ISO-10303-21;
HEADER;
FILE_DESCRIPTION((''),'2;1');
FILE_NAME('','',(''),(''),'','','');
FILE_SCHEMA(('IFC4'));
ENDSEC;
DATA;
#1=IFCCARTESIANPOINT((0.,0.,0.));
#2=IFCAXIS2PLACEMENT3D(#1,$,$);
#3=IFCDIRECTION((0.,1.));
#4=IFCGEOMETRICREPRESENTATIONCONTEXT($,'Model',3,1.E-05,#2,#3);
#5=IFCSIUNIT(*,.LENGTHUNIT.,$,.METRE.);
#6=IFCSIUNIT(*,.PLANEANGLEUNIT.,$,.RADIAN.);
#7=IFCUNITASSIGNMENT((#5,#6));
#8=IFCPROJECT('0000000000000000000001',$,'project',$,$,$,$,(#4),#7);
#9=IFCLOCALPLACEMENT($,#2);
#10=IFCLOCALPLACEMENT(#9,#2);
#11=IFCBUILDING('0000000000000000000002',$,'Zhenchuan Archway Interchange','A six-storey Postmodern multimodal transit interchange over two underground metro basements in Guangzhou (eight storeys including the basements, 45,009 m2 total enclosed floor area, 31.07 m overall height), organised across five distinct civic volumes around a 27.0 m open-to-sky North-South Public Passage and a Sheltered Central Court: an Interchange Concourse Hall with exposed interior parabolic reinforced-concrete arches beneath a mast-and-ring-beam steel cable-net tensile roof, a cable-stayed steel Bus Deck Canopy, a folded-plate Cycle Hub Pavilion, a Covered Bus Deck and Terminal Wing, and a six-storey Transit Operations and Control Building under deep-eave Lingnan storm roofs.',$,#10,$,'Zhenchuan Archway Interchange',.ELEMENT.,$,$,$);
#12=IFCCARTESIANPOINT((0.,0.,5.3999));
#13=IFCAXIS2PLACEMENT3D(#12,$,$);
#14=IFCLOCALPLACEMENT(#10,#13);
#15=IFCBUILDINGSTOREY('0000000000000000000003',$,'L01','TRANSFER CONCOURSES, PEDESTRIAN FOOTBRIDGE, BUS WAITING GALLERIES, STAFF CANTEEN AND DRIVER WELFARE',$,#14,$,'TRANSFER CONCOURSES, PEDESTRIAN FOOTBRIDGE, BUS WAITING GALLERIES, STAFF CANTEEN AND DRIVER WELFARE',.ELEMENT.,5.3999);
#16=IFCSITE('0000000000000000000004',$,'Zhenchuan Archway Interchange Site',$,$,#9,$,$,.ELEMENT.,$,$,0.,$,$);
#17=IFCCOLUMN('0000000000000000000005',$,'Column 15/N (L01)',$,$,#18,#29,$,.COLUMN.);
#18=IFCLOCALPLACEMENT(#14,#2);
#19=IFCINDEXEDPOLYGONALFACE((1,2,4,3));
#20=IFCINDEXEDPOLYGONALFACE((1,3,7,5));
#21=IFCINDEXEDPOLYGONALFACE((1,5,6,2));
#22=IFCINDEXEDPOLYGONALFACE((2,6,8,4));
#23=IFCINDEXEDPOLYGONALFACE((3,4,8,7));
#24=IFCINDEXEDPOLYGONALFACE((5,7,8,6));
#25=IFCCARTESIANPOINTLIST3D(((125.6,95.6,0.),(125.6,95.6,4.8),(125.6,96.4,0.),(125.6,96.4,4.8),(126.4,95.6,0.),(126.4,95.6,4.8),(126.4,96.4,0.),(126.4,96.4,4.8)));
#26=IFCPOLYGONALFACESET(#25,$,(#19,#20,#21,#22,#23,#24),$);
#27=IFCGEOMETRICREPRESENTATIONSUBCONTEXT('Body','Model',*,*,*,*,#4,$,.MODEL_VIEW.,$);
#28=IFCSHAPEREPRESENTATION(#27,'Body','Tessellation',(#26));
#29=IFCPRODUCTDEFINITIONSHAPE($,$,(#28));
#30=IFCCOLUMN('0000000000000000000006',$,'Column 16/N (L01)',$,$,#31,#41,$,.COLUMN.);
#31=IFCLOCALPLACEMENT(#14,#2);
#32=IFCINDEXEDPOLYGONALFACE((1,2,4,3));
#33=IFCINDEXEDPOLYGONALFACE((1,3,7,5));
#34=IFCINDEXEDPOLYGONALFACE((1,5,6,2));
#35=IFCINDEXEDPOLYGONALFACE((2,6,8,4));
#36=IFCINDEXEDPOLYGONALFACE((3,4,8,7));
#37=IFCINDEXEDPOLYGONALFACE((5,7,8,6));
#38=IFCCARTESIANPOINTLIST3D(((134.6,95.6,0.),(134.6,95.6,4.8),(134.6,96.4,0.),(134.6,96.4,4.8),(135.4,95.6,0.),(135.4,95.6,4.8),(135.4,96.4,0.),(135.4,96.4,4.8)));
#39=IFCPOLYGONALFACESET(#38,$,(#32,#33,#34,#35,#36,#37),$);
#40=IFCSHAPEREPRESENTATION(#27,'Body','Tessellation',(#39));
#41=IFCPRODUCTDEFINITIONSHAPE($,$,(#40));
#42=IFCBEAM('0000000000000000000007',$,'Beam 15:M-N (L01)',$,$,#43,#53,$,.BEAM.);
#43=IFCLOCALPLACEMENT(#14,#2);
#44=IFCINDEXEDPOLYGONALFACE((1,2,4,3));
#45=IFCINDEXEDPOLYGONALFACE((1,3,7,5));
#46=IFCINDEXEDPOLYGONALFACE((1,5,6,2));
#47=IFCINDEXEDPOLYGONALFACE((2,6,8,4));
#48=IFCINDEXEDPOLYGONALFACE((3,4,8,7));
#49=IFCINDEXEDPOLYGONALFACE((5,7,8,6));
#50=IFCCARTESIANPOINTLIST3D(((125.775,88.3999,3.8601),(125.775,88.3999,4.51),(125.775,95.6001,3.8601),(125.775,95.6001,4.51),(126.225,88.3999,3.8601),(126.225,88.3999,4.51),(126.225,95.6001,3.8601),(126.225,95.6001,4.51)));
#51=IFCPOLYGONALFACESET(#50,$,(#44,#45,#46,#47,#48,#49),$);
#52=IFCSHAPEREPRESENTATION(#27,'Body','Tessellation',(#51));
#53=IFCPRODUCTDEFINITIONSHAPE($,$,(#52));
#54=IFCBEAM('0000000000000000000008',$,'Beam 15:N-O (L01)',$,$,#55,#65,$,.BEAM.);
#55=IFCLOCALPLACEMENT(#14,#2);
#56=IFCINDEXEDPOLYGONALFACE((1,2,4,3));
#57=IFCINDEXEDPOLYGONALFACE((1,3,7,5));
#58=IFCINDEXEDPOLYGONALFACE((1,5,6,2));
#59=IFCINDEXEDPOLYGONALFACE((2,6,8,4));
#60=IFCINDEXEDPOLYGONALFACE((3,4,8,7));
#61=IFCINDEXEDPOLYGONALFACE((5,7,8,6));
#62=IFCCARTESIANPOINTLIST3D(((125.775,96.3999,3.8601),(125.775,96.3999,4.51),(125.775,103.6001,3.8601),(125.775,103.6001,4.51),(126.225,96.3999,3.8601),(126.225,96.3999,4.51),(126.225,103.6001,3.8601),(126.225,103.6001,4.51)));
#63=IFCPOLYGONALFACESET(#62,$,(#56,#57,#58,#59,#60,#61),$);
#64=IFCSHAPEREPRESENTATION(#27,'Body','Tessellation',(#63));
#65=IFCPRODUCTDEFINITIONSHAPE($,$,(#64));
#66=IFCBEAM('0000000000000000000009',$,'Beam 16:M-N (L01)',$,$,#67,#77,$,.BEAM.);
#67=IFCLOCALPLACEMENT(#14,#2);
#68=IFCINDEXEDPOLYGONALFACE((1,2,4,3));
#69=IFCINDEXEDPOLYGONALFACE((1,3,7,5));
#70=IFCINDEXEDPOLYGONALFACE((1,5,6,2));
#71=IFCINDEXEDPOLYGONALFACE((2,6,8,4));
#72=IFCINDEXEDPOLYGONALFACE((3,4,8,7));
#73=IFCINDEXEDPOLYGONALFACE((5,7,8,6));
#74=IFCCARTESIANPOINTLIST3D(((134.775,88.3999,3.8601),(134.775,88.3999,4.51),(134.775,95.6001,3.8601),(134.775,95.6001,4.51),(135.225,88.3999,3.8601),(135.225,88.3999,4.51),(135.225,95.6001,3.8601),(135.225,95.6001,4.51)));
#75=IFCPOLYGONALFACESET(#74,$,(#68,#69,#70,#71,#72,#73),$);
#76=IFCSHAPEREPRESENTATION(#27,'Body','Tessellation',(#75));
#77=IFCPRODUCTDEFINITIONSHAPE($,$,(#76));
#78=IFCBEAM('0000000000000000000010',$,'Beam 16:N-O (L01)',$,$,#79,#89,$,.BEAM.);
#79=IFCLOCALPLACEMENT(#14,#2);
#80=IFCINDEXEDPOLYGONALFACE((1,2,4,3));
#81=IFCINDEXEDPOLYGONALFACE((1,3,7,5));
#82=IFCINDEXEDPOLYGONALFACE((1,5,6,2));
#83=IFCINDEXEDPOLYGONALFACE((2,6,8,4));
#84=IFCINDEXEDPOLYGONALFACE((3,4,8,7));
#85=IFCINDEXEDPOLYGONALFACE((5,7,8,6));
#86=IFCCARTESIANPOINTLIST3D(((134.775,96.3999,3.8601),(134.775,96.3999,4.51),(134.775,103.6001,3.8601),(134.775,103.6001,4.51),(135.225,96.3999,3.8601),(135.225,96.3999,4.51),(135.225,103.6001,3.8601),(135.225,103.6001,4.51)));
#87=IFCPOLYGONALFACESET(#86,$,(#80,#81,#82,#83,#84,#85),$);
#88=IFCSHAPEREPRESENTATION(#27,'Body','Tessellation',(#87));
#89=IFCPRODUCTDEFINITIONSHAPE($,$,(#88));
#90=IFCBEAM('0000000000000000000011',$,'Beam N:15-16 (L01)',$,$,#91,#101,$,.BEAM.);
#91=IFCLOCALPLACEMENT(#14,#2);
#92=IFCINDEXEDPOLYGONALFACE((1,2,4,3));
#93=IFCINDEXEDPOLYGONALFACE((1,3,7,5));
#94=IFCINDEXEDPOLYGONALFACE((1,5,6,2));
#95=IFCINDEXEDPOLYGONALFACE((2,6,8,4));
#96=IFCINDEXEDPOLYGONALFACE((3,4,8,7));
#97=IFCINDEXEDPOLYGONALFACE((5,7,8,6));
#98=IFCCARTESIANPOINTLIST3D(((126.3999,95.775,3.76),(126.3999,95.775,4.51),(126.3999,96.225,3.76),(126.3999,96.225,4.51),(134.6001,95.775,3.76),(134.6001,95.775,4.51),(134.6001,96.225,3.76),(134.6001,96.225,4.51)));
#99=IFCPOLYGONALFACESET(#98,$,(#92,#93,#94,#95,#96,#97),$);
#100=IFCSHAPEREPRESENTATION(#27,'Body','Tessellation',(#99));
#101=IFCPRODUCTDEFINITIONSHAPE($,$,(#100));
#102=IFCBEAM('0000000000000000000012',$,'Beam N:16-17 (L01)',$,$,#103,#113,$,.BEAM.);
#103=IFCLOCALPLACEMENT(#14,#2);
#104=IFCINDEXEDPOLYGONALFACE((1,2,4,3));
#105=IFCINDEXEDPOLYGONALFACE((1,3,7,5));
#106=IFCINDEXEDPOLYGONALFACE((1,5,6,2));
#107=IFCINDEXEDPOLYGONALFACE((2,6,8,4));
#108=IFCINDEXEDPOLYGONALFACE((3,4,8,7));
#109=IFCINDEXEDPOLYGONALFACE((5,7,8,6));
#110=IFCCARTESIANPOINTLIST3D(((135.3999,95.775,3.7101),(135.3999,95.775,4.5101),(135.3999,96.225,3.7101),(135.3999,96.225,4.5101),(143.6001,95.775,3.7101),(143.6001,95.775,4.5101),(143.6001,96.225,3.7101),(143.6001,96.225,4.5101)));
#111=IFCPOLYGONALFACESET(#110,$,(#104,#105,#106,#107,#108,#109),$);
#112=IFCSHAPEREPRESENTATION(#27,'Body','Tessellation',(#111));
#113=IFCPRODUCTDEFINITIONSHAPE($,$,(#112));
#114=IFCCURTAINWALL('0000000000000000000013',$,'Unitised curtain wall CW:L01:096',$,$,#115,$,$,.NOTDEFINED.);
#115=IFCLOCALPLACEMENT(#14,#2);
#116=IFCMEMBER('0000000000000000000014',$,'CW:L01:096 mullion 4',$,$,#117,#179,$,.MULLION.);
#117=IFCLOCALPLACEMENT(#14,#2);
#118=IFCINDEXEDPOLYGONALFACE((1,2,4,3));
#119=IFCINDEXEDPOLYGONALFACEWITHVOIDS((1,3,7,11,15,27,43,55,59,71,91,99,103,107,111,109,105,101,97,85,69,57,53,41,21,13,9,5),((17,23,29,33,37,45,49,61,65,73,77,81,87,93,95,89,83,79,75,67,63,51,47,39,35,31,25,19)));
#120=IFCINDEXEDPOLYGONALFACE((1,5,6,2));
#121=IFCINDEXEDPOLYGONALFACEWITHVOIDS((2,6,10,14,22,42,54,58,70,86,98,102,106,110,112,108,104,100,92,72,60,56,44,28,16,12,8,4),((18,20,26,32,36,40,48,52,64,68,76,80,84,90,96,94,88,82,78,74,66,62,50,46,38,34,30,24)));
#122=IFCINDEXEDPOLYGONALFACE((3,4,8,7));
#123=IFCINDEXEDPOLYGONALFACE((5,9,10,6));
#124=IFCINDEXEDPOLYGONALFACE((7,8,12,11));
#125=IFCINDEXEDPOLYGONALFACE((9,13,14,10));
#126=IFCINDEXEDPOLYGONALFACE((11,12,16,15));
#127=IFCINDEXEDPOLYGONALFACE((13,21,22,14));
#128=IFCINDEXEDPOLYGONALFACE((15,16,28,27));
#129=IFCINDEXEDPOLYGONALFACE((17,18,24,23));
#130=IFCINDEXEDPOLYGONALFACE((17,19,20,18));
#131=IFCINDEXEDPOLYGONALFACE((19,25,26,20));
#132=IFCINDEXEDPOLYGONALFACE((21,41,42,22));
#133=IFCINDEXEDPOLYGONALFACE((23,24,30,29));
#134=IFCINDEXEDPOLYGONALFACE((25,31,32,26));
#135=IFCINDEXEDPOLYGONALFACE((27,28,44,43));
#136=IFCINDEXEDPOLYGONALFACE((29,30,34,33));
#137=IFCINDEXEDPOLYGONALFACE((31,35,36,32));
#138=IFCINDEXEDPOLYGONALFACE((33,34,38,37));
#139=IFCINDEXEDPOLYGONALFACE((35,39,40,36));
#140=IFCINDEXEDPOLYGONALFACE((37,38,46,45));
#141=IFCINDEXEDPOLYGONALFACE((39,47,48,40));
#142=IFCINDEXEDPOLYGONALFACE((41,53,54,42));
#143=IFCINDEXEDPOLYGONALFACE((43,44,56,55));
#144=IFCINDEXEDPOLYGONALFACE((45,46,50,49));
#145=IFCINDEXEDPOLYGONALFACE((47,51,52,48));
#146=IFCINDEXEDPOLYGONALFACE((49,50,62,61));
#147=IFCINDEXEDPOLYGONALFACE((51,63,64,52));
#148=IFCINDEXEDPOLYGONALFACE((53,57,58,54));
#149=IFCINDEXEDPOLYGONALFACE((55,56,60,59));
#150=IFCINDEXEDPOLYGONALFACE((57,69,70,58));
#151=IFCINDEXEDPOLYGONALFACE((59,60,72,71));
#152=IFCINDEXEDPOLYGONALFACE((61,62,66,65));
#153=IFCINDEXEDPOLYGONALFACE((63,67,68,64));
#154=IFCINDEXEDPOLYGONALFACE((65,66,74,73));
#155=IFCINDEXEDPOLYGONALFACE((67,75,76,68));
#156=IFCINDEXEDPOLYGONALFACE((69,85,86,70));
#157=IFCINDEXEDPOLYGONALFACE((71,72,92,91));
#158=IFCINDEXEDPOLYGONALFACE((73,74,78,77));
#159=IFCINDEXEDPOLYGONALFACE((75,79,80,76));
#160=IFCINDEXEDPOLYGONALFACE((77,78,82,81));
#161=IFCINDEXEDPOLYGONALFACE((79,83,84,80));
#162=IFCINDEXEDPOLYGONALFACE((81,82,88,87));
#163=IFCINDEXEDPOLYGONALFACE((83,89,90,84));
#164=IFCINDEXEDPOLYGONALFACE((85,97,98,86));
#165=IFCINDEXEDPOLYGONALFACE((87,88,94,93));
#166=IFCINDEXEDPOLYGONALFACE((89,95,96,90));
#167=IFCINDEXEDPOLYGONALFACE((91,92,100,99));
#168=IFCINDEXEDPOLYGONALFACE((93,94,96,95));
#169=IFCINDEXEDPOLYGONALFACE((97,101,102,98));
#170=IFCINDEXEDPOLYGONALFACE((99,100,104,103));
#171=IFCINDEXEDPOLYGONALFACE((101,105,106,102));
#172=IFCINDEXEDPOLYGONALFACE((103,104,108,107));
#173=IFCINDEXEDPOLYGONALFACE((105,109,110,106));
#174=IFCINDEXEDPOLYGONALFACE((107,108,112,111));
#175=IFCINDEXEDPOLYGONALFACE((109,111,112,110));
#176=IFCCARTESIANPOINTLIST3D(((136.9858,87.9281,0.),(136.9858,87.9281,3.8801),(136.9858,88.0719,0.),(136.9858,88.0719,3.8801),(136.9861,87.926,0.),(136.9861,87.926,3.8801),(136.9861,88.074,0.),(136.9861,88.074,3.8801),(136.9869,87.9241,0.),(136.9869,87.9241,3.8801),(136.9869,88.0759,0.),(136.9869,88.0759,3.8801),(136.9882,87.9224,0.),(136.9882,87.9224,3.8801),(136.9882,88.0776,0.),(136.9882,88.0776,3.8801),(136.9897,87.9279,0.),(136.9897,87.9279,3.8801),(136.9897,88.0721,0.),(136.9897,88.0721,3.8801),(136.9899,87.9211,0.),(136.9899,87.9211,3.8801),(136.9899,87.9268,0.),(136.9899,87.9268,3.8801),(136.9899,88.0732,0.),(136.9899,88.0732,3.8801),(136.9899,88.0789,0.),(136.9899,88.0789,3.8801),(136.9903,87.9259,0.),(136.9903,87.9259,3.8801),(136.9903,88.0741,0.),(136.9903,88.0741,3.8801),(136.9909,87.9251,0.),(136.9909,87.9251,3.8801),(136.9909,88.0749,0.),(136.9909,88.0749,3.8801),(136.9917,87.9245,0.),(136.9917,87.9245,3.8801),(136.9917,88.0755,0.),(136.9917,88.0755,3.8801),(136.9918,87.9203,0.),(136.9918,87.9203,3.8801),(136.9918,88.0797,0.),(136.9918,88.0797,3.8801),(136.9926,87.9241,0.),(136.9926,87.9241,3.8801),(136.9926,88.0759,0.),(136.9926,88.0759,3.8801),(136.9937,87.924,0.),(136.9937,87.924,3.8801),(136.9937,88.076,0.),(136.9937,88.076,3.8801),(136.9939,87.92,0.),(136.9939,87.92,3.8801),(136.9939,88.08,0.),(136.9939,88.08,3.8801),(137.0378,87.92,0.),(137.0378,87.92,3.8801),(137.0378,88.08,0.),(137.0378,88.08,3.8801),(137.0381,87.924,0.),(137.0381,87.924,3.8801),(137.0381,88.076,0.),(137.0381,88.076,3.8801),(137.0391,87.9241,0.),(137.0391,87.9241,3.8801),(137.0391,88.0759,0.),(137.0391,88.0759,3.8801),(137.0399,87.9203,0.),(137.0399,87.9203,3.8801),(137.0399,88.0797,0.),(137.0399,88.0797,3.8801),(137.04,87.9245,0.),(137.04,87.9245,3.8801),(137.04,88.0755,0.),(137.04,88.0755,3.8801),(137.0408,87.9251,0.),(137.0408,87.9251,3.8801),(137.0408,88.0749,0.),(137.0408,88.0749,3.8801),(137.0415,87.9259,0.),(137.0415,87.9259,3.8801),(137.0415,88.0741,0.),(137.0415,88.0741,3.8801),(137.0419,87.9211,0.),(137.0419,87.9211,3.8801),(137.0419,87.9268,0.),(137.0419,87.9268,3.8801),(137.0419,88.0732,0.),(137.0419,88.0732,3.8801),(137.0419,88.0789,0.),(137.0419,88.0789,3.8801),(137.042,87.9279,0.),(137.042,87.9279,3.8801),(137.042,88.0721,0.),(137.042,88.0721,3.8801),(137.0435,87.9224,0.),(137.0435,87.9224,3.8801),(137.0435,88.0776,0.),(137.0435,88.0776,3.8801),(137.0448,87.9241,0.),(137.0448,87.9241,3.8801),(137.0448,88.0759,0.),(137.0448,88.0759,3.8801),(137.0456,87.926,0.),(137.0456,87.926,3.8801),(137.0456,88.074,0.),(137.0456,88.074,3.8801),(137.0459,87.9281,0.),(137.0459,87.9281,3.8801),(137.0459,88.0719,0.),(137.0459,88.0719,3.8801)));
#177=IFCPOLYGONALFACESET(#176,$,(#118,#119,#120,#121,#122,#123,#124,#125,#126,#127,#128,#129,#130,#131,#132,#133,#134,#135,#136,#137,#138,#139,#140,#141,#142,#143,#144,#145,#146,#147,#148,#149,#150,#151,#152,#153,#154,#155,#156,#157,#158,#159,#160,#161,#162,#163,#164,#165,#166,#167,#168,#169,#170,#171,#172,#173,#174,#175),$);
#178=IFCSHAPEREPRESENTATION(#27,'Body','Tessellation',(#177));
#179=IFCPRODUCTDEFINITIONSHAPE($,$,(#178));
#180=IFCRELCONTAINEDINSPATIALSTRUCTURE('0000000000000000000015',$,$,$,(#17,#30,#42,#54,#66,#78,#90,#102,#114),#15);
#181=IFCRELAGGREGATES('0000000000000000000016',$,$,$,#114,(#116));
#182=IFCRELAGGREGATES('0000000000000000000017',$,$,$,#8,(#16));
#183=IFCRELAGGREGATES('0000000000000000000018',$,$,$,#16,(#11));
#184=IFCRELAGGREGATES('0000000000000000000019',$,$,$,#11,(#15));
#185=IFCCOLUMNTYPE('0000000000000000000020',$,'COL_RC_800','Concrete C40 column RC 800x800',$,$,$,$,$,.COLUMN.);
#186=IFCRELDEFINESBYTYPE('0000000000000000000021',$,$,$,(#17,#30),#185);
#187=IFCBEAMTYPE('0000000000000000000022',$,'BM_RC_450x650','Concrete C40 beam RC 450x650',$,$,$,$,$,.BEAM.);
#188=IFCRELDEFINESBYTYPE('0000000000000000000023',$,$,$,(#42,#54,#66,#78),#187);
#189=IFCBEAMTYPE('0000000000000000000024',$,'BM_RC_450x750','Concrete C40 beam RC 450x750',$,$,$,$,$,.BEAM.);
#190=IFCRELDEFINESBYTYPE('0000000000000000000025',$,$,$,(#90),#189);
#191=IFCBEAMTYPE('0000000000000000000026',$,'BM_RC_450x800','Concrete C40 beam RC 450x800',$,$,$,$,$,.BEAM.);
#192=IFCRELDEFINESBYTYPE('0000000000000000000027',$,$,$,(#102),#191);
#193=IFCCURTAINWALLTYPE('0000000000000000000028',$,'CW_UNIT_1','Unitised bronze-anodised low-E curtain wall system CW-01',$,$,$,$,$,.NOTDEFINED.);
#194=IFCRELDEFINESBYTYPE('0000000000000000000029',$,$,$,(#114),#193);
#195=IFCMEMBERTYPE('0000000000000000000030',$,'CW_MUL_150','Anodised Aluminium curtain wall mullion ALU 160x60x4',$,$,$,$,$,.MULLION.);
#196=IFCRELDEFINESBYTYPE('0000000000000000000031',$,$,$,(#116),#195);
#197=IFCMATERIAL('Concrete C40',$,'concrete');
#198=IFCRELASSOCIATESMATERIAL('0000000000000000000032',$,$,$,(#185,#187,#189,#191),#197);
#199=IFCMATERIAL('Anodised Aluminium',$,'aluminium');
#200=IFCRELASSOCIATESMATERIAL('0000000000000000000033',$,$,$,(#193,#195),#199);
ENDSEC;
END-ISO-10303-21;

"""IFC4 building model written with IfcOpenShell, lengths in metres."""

from ifc_helpers import new_model, si_unit, direction, frame, origin, origin_2d, place, context, subcontext, project, spatial, rectangle, hollow_rectangle, extrude, material, material_profile, profile_set, type_object, element, aggregate, save


model = new_model("IFC4")

# Units and contexts
model_context = context("Model", 3, precision=1e-05, world=origin(), true_north=direction((0.0, 1.0)))
body_context = subcontext(model_context, "Body", "Model", "MODEL_VIEW")
ifc_project = project(units=[si_unit("LENGTHUNIT", "METRE"), si_unit("PLANEANGLEUNIT", "RADIAN")], contexts=[model_context])

# Site, building, storey
site_placement = place(None, origin())
site = spatial("IfcSite", under=ifc_project, at=site_placement, Name="Zhenchuan Archway Interchange Site", CompositionType="ELEMENT", RefElevation=0.0)
building_placement = place(site_placement, origin())
building = spatial("IfcBuilding", under=site, at=building_placement, Name="Zhenchuan Archway Interchange", Description="A six-storey Postmodern multimodal transit interchange over two underground metro basements in Guangzhou (eight storeys including the basements, 45,009 m2 total enclosed floor area, 31.07 m overall height), organised across five distinct civic volumes around a 27.0 m open-to-sky North-South Public Passage and a Sheltered Central Court: an Interchange Concourse Hall with exposed interior parabolic reinforced-concrete arches beneath a mast-and-ring-beam steel cable-net tensile roof, a cable-stayed steel Bus Deck Canopy, a folded-plate Cycle Hub Pavilion, a Covered Bus Deck and Terminal Wing, and a six-storey Transit Operations and Control Building under deep-eave Lingnan storm roofs.", LongName="Zhenchuan Archway Interchange", CompositionType="ELEMENT")
storey_placement = place(building_placement, frame((0.0, 0.0, 5.3999)))
storey = spatial("IfcBuildingStorey", under=building, at=storey_placement, Name="L01", Description="TRANSFER CONCOURSES, PEDESTRIAN FOOTBRIDGE, BUS WAITING GALLERIES, STAFF CANTEEN AND DRIVER WELFARE", LongName="TRANSFER CONCOURSES, PEDESTRIAN FOOTBRIDGE, BUS WAITING GALLERIES, STAFF CANTEEN AND DRIVER WELFARE", CompositionType="ELEMENT", Elevation=5.3999)

# Columns
ifc_material_1 = material(Name="Concrete C40", Category="concrete")
ifc_material_profile_1 = material_profile(ifc_material_1, rectangle(XDim=0.8, YDim=0.8, at=origin_2d()), Name="RC 800x800")
ifc_profile_set_1 = profile_set([ifc_material_profile_1], Name="Concrete C40")
column_type = type_object("IfcColumnType", Name="COL_RC_800", Description="Concrete C40 column RC 800x800", PredefinedType="COLUMN", material=ifc_profile_set_1)
for number, where, z_axis, x_axis, name in (
    (1, (126.0, 96.0, 0.0), (0.0, 0.0, 1.0), (1.0, 0.0, 0.0), "Column 15/N (L01)"),
    (2, (135.0, 96.0, 0.0), (0.0, 0.0, 1.0), (1.0, 0.0, 0.0), "Column 16/N (L01)"),
):
    element("IfcColumn", number, at=place(storey_placement, frame(where, z_axis=z_axis, x_axis=x_axis)), inside=storey, type_object=column_type, Name=name, PredefinedType="COLUMN", context=body_context, shape_type="SweptSolid", body=[
        extrude(rectangle(XDim=0.8, YDim=0.8, at=origin_2d()), origin(), (0.0, 0.0, 1.0), 4.8),
    ])

# Beams
ifc_material_profile_2 = material_profile(ifc_material_1, rectangle(XDim=0.45, YDim=0.6499, at=origin_2d()), Name="RC 450x650")
ifc_profile_set_2 = profile_set([ifc_material_profile_2], Name="Concrete C40")
beam_type_1 = type_object("IfcBeamType", Name="BM_RC_450x650", Description="Concrete C40 beam RC 450x650", PredefinedType="BEAM", material=ifc_profile_set_2)
for number, where, z_axis, x_axis, name in (
    (3, (126.0, 88.3999, 4.1851), (0.0, 1.0, 0.0), (-1.0, 0.0, 0.0), "Beam 15:M-N (L01)"),
    (4, (126.0, 96.3999, 4.1851), (0.0, 1.0, 0.0), (-1.0, 0.0, 0.0), "Beam 15:N-O (L01)"),
    (5, (135.0, 88.3999, 4.1851), (0.0, 1.0, 0.0), (-1.0, 0.0, 0.0), "Beam 16:M-N (L01)"),
    (6, (135.0, 96.3999, 4.1851), (0.0, 1.0, 0.0), (-1.0, 0.0, 0.0), "Beam 16:N-O (L01)"),
):
    element("IfcBeam", number, at=place(storey_placement, frame(where, z_axis=z_axis, x_axis=x_axis)), inside=storey, type_object=beam_type_1, Name=name, PredefinedType="BEAM", context=body_context, shape_type="SweptSolid", body=[
        extrude(rectangle(XDim=0.45, YDim=0.6499, at=origin_2d()), origin(), (0.0, 0.0, 1.0), 7.2002),
    ])
ifc_material_profile_3 = material_profile(ifc_material_1, rectangle(XDim=0.45, YDim=0.75, at=origin_2d()), Name="RC 450x750")
ifc_profile_set_3 = profile_set([ifc_material_profile_3], Name="Concrete C40")
beam_type_2 = type_object("IfcBeamType", Name="BM_RC_450x750", Description="Concrete C40 beam RC 450x750", PredefinedType="BEAM", material=ifc_profile_set_3)
beam_1_placement = place(storey_placement, frame((126.3999, 96.0, 4.135), z_axis=(1.0, 0.0, 0.0), x_axis=(0.0, 1.0, 0.0)))
element("IfcBeam", 7, at=beam_1_placement, inside=storey, type_object=beam_type_2, Name="Beam N:15-16 (L01)", PredefinedType="BEAM", context=body_context, shape_type="SweptSolid", body=[
    extrude(rectangle(XDim=0.45, YDim=0.75, at=origin_2d()), origin(), (0.0, 0.0, 1.0), 8.2002),
])
ifc_material_profile_4 = material_profile(ifc_material_1, rectangle(XDim=0.45, YDim=0.8, at=origin_2d()), Name="RC 450x800")
ifc_profile_set_4 = profile_set([ifc_material_profile_4], Name="Concrete C40")
beam_type_3 = type_object("IfcBeamType", Name="BM_RC_450x800", Description="Concrete C40 beam RC 450x800", PredefinedType="BEAM", material=ifc_profile_set_4)
beam_2_placement = place(storey_placement, frame((135.3999, 96.0, 4.1101), z_axis=(1.0, 0.0, 0.0), x_axis=(0.0, 1.0, 0.0)))
element("IfcBeam", 8, at=beam_2_placement, inside=storey, type_object=beam_type_3, Name="Beam N:16-17 (L01)", PredefinedType="BEAM", context=body_context, shape_type="SweptSolid", body=[
    extrude(rectangle(XDim=0.45, YDim=0.8, at=origin_2d()), origin(), (0.0, 0.0, 1.0), 8.2002),
])

# Curtain wall, member
ifc_material_2 = material(Name="Anodised Aluminium", Category="aluminium")
curtain_wall_type = type_object("IfcCurtainWallType", Name="CW_UNIT_1", Description="Unitised bronze-anodised low-E curtain wall system CW-01", PredefinedType="NOTDEFINED", material=ifc_material_2)
curtain_wall_placement = place(storey_placement, origin())
curtain_wall = element("IfcCurtainWall", 9, at=curtain_wall_placement, inside=storey, type_object=curtain_wall_type, Name="Unitised curtain wall CW:L01:096", PredefinedType="NOTDEFINED")
ifc_material_profile_5 = material_profile(ifc_material_2, hollow_rectangle(XDim=0.0601, YDim=0.1599, WallThickness=0.0039, InnerFilletRadius=0.0039, OuterFilletRadius=0.0081, at=origin_2d()), Name="ALU 160x60x4")
ifc_profile_set_5 = profile_set([ifc_material_profile_5], Name="Anodised Aluminium")
member_type_1 = type_object("IfcMemberType", Name="CW_MUL_150", Description="Anodised Aluminium curtain wall mullion ALU 160x60x4", PredefinedType="MULLION", material=ifc_profile_set_5)
member_1_placement = place(storey_placement, frame((137.0159, 88.0, 0.0), z_axis=(0.0, 0.0, 1.0), x_axis=(1.0, 0.0, 0.0)))
member_1 = element("IfcMember", 10, at=member_1_placement, type_object=member_type_1, Name="CW:L01:096 mullion 4", PredefinedType="MULLION", context=body_context, shape_type="SweptSolid", body=[
    extrude(hollow_rectangle(XDim=0.0601, YDim=0.1599, WallThickness=0.0039, InnerFilletRadius=0.0039, OuterFilletRadius=0.0081, at=origin_2d()), origin(), (0.0, 0.0, 1.0), 3.8801),
])

aggregate(curtain_wall, [member_1])

save(model, "model.ifc")
